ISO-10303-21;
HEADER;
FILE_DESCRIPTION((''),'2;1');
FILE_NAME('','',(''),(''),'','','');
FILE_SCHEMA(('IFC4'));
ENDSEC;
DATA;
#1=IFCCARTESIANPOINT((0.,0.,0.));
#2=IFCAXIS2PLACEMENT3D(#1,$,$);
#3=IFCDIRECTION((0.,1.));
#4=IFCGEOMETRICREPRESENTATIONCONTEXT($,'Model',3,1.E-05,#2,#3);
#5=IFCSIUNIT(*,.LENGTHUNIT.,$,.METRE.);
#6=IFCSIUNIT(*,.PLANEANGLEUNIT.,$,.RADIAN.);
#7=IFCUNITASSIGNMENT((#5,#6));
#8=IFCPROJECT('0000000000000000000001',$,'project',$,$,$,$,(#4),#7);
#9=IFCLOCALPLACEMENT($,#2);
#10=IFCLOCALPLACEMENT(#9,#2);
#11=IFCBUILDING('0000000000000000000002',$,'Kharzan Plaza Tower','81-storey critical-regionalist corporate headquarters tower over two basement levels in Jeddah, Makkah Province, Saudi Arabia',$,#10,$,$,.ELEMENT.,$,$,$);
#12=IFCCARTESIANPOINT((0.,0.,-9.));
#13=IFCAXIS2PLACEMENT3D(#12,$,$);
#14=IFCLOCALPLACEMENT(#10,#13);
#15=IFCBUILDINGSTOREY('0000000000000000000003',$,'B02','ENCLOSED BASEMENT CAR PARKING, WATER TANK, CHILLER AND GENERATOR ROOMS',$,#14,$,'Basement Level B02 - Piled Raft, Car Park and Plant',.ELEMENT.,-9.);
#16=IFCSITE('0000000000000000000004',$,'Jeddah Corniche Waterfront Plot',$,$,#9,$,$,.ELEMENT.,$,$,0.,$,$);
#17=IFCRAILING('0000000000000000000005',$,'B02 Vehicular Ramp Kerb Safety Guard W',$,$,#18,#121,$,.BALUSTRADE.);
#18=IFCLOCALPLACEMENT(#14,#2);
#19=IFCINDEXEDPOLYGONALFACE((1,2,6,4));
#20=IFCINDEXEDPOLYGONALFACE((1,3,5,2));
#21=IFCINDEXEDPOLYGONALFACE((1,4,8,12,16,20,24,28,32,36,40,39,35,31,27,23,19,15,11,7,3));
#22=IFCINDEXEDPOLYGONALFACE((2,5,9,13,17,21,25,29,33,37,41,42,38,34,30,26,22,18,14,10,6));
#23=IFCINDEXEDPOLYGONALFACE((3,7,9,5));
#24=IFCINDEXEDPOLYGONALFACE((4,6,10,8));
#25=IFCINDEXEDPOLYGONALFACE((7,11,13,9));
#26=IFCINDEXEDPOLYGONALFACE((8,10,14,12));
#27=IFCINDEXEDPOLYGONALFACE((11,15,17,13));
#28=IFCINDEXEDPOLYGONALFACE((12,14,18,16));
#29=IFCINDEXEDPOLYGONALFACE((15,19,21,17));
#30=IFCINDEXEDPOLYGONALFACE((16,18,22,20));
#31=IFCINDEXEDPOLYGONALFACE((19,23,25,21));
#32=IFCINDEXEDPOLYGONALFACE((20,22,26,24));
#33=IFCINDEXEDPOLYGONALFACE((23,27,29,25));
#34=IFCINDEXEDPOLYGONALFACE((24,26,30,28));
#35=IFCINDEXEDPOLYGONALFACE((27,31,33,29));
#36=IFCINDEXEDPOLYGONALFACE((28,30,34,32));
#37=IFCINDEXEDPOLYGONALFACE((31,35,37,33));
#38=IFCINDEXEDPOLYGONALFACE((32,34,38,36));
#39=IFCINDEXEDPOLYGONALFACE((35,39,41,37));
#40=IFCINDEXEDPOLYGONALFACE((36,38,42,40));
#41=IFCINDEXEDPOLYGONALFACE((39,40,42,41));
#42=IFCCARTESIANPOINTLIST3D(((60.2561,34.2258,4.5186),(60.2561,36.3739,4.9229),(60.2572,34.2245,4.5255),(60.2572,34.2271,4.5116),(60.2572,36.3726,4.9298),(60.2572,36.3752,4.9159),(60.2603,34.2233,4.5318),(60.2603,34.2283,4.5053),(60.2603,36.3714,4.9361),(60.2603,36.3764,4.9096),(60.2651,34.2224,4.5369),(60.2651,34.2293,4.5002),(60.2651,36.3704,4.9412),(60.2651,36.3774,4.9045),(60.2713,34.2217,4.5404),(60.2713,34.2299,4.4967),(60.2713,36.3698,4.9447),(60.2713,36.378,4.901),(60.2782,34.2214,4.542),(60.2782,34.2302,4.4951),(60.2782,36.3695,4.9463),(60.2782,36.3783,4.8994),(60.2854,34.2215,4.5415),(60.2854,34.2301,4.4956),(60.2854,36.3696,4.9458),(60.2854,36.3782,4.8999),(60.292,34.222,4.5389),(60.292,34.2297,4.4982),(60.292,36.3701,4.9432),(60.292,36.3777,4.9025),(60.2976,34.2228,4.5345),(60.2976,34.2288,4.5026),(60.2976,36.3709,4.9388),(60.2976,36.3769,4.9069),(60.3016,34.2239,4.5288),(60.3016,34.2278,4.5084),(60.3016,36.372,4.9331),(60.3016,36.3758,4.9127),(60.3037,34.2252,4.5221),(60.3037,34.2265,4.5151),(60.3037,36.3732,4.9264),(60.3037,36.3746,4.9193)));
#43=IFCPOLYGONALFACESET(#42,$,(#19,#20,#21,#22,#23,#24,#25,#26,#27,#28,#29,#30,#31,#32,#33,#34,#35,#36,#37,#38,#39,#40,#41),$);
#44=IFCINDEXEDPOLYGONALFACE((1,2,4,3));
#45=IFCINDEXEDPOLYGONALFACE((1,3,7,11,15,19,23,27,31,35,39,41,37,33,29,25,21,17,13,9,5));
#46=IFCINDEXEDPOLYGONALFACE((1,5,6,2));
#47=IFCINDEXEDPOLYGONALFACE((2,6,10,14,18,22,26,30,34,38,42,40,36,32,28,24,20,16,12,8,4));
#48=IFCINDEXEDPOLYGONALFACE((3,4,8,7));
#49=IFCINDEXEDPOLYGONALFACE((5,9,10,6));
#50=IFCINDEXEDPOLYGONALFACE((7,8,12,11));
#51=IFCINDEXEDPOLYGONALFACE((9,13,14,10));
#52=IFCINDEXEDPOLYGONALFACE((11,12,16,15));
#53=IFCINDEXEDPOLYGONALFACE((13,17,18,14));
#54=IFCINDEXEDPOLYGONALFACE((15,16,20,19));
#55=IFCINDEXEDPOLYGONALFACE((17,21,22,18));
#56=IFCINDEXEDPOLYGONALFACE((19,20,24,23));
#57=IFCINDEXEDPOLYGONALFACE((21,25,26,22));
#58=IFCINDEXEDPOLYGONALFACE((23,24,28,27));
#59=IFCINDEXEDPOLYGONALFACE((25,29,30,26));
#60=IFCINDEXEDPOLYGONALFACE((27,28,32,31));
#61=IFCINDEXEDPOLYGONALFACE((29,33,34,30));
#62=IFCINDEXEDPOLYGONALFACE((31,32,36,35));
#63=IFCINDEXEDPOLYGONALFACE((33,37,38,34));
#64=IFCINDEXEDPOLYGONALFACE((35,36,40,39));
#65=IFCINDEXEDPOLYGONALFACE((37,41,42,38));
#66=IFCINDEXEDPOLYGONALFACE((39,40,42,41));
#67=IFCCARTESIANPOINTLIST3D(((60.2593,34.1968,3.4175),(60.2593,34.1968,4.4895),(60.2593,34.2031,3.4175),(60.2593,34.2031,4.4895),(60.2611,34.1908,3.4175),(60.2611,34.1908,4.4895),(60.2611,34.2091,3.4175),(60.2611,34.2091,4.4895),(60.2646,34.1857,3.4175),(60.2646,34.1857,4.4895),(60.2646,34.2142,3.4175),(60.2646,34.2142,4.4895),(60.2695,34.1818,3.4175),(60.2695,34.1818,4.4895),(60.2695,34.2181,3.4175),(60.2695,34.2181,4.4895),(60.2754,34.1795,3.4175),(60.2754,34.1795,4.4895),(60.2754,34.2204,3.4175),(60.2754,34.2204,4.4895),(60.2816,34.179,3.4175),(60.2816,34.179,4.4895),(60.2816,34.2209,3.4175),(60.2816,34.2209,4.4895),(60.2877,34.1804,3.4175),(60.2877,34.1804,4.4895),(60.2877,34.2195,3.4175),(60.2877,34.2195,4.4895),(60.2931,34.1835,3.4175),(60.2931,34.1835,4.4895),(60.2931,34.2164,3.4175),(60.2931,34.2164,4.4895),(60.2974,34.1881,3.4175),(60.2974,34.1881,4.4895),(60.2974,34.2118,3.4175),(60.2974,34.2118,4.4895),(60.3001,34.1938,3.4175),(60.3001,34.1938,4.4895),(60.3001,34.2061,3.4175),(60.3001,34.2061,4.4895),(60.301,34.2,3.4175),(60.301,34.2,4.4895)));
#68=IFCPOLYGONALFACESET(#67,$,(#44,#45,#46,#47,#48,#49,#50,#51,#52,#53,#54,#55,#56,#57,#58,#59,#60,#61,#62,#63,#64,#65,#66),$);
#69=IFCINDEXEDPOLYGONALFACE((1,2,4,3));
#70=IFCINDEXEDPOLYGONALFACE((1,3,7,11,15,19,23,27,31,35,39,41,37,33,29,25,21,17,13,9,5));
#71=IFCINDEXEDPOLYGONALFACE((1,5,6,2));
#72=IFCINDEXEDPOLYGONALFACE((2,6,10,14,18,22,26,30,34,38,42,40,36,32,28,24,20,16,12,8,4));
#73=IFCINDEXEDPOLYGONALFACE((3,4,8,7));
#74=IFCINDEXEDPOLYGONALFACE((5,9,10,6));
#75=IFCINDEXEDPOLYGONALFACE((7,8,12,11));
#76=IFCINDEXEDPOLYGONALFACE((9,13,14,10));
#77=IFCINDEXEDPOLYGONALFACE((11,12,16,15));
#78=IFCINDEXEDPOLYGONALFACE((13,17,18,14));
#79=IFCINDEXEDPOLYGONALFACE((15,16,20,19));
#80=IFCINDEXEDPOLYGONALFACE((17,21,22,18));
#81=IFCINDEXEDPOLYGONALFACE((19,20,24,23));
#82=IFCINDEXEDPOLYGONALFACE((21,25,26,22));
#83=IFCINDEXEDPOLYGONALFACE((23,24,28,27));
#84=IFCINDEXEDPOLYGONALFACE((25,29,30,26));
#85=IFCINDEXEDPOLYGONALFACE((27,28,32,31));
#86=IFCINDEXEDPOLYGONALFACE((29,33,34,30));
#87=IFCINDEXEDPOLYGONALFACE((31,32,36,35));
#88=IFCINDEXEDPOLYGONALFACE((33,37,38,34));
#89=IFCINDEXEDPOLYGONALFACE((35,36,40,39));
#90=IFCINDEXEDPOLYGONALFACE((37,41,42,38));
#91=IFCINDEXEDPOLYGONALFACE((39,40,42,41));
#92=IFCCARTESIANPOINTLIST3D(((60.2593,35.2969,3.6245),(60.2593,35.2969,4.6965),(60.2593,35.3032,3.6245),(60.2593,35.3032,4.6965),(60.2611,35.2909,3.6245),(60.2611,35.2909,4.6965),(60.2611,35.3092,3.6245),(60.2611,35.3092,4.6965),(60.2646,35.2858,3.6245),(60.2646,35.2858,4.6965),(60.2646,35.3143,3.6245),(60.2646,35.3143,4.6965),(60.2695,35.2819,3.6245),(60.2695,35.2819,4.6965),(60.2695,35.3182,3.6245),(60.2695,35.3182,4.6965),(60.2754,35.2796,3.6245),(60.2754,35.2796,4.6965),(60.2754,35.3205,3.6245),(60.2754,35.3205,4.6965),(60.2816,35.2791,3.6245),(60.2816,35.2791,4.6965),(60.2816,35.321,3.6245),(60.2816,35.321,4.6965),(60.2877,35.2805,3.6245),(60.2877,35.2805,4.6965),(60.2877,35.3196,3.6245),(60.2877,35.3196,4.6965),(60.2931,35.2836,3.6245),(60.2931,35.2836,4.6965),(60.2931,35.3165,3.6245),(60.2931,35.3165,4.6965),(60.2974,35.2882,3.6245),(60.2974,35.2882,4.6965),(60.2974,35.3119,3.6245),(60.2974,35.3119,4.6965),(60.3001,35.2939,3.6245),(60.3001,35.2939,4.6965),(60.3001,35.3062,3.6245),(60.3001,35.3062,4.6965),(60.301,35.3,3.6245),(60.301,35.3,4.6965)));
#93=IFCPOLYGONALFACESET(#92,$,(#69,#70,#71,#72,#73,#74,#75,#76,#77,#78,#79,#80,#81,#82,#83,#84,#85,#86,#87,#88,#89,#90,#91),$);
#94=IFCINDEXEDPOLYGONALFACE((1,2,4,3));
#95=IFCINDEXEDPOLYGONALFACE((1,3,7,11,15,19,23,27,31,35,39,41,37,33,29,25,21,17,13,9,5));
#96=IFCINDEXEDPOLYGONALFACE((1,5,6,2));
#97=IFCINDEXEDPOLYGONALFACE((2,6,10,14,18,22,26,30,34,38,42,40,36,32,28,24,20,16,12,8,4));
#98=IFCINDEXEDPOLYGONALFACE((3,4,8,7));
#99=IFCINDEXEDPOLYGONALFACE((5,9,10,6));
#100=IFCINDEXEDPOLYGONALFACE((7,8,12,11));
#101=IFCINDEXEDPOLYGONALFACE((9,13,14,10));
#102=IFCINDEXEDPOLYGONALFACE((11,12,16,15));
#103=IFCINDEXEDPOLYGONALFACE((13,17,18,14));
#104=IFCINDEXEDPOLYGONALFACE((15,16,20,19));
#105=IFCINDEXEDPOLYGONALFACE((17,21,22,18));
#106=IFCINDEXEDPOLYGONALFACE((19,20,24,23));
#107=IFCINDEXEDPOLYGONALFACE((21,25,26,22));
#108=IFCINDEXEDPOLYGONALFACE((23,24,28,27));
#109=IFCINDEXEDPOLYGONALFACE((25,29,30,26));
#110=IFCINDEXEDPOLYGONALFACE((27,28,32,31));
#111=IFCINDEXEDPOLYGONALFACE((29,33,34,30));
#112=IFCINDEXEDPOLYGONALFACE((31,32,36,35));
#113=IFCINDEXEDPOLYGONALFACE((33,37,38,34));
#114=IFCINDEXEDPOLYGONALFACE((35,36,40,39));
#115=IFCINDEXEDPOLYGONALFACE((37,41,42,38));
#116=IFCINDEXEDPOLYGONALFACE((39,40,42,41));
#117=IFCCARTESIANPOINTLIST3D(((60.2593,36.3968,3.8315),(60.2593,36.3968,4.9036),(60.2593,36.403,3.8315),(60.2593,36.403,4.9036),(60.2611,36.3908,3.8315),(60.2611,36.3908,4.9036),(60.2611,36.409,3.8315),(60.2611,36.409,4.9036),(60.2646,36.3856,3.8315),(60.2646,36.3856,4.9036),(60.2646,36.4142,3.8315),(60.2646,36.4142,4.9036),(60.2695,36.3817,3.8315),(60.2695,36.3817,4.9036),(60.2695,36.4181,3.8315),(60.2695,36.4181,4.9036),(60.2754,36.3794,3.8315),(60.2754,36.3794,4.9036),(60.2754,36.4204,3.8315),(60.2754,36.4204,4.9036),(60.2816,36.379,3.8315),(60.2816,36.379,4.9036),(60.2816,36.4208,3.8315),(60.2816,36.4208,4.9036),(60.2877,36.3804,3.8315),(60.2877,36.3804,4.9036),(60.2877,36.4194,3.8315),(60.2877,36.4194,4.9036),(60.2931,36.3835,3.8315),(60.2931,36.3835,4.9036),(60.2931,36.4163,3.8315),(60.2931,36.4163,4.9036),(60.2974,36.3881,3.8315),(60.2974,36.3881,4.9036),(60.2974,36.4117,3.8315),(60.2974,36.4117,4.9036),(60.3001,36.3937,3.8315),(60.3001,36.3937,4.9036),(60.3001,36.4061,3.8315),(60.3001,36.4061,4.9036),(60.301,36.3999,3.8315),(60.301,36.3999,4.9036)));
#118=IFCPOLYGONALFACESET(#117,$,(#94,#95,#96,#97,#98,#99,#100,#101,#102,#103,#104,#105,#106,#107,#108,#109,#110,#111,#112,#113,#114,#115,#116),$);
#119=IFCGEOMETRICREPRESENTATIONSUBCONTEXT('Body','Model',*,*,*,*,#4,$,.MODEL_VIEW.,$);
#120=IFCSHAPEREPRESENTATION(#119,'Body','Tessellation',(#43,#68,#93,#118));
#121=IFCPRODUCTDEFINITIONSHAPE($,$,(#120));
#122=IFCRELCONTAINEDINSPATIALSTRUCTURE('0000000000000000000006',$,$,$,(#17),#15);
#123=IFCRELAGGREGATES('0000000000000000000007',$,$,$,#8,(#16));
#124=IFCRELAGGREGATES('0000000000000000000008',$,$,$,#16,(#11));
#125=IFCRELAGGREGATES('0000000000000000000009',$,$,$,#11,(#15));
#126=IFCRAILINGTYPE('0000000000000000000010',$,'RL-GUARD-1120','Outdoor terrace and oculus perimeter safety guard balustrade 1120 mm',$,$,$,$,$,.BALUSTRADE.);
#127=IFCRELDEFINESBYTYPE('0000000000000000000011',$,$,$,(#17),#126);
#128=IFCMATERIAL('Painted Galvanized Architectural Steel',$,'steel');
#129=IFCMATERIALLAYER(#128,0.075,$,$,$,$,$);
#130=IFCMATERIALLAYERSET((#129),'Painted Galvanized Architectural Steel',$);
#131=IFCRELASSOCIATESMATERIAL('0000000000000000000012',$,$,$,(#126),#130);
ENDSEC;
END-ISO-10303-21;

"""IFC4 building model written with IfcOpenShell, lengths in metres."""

from ifc_helpers import new_model, si_unit, direction, frame, origin, origin_2d, place, context, subcontext, project, spatial, circle, extrude, source, transform, mapped, material, layer, layer_set, type_object, element, save


model = new_model("IFC4")

# Units and contexts
model_context = context("Model", 3, precision=1e-05, world=origin(), true_north=direction((0.0, 1.0)))
body_context = subcontext(model_context, "Body", "Model", "MODEL_VIEW")
ifc_project = project(units=[si_unit("LENGTHUNIT", "METRE"), si_unit("PLANEANGLEUNIT", "RADIAN")], contexts=[model_context])

# Site, building, storey
site_placement = place(None, origin())
site = spatial("IfcSite", under=ifc_project, at=site_placement, Name="Jeddah Corniche Waterfront Plot", CompositionType="ELEMENT", RefElevation=0.0)
building_placement = place(site_placement, origin())
building = spatial("IfcBuilding", under=site, at=building_placement, Name="Kharzan Plaza Tower", Description="81-storey critical-regionalist corporate headquarters tower over two basement levels in Jeddah, Makkah Province, Saudi Arabia", CompositionType="ELEMENT")
storey_placement = place(building_placement, frame((0.0, 0.0, -9.0)))
storey = spatial("IfcBuildingStorey", under=building, at=storey_placement, Name="B02", Description="ENCLOSED BASEMENT CAR PARKING, WATER TANK, CHILLER AND GENERATOR ROOMS", LongName="Basement Level B02 - Piled Raft, Car Park and Plant", CompositionType="ELEMENT", Elevation=-9.0)

# Railing
ifc_material_1 = material(Name="Painted Galvanized Architectural Steel", Category="steel")
ifc_layer_1 = layer(ifc_material_1, 0.075)
ifc_layer_set_1 = layer_set([ifc_layer_1], Name="Painted Galvanized Architectural Steel")
railing_type = type_object("IfcRailingType", Name="RL-GUARD-1120", Description="Outdoor terrace and oculus perimeter safety guard balustrade 1120 mm", PredefinedType="BALUSTRADE", material=ifc_layer_set_1)
shared_shape_1 = source(origin(), body_context, "Body", "SweptSolid", [
    extrude(circle(Radius=0.0239, at=origin_2d()), frame((0.0, 0.0259, 1.1011), z_axis=(0.0, 0.982745, 0.184967), x_axis=(-1.0, 0.0, 0.0)), (0.0, 0.0, 1.0), 2.1858),
    extrude(circle(Radius=0.021, at=origin_2d()), origin(), (0.0, 0.0, 1.0), 1.072),
    extrude(circle(Radius=0.021, at=origin_2d()), frame((0.0, 1.1001, 0.207)), (0.0, 0.0, 1.0), 1.072),
    extrude(circle(Radius=0.021, at=origin_2d()), frame((0.0, 2.2, 0.4141)), (0.0, 0.0, 1.0), 1.072),
])
for number, where, name in (
    (1, (60.28, 34.2, 3.4175), "B02 Vehicular Ramp Kerb Safety Guard W"),
):
    element("IfcRailing", number, at=place(storey_placement, frame(where)), inside=storey, type_object=railing_type, Name=name, PredefinedType="BALUSTRADE", context=body_context, shape_type="MappedRepresentation", body=[
        mapped(shared_shape_1, transform((0.0, 0.0, 0.0), x_axis=(1.0, 0.0, 0.0), y_axis=(0.0, 1.0, 0.0), z_axis=(0.0, 0.0, 1.0))),
    ])

save(model, "model.ifc")
